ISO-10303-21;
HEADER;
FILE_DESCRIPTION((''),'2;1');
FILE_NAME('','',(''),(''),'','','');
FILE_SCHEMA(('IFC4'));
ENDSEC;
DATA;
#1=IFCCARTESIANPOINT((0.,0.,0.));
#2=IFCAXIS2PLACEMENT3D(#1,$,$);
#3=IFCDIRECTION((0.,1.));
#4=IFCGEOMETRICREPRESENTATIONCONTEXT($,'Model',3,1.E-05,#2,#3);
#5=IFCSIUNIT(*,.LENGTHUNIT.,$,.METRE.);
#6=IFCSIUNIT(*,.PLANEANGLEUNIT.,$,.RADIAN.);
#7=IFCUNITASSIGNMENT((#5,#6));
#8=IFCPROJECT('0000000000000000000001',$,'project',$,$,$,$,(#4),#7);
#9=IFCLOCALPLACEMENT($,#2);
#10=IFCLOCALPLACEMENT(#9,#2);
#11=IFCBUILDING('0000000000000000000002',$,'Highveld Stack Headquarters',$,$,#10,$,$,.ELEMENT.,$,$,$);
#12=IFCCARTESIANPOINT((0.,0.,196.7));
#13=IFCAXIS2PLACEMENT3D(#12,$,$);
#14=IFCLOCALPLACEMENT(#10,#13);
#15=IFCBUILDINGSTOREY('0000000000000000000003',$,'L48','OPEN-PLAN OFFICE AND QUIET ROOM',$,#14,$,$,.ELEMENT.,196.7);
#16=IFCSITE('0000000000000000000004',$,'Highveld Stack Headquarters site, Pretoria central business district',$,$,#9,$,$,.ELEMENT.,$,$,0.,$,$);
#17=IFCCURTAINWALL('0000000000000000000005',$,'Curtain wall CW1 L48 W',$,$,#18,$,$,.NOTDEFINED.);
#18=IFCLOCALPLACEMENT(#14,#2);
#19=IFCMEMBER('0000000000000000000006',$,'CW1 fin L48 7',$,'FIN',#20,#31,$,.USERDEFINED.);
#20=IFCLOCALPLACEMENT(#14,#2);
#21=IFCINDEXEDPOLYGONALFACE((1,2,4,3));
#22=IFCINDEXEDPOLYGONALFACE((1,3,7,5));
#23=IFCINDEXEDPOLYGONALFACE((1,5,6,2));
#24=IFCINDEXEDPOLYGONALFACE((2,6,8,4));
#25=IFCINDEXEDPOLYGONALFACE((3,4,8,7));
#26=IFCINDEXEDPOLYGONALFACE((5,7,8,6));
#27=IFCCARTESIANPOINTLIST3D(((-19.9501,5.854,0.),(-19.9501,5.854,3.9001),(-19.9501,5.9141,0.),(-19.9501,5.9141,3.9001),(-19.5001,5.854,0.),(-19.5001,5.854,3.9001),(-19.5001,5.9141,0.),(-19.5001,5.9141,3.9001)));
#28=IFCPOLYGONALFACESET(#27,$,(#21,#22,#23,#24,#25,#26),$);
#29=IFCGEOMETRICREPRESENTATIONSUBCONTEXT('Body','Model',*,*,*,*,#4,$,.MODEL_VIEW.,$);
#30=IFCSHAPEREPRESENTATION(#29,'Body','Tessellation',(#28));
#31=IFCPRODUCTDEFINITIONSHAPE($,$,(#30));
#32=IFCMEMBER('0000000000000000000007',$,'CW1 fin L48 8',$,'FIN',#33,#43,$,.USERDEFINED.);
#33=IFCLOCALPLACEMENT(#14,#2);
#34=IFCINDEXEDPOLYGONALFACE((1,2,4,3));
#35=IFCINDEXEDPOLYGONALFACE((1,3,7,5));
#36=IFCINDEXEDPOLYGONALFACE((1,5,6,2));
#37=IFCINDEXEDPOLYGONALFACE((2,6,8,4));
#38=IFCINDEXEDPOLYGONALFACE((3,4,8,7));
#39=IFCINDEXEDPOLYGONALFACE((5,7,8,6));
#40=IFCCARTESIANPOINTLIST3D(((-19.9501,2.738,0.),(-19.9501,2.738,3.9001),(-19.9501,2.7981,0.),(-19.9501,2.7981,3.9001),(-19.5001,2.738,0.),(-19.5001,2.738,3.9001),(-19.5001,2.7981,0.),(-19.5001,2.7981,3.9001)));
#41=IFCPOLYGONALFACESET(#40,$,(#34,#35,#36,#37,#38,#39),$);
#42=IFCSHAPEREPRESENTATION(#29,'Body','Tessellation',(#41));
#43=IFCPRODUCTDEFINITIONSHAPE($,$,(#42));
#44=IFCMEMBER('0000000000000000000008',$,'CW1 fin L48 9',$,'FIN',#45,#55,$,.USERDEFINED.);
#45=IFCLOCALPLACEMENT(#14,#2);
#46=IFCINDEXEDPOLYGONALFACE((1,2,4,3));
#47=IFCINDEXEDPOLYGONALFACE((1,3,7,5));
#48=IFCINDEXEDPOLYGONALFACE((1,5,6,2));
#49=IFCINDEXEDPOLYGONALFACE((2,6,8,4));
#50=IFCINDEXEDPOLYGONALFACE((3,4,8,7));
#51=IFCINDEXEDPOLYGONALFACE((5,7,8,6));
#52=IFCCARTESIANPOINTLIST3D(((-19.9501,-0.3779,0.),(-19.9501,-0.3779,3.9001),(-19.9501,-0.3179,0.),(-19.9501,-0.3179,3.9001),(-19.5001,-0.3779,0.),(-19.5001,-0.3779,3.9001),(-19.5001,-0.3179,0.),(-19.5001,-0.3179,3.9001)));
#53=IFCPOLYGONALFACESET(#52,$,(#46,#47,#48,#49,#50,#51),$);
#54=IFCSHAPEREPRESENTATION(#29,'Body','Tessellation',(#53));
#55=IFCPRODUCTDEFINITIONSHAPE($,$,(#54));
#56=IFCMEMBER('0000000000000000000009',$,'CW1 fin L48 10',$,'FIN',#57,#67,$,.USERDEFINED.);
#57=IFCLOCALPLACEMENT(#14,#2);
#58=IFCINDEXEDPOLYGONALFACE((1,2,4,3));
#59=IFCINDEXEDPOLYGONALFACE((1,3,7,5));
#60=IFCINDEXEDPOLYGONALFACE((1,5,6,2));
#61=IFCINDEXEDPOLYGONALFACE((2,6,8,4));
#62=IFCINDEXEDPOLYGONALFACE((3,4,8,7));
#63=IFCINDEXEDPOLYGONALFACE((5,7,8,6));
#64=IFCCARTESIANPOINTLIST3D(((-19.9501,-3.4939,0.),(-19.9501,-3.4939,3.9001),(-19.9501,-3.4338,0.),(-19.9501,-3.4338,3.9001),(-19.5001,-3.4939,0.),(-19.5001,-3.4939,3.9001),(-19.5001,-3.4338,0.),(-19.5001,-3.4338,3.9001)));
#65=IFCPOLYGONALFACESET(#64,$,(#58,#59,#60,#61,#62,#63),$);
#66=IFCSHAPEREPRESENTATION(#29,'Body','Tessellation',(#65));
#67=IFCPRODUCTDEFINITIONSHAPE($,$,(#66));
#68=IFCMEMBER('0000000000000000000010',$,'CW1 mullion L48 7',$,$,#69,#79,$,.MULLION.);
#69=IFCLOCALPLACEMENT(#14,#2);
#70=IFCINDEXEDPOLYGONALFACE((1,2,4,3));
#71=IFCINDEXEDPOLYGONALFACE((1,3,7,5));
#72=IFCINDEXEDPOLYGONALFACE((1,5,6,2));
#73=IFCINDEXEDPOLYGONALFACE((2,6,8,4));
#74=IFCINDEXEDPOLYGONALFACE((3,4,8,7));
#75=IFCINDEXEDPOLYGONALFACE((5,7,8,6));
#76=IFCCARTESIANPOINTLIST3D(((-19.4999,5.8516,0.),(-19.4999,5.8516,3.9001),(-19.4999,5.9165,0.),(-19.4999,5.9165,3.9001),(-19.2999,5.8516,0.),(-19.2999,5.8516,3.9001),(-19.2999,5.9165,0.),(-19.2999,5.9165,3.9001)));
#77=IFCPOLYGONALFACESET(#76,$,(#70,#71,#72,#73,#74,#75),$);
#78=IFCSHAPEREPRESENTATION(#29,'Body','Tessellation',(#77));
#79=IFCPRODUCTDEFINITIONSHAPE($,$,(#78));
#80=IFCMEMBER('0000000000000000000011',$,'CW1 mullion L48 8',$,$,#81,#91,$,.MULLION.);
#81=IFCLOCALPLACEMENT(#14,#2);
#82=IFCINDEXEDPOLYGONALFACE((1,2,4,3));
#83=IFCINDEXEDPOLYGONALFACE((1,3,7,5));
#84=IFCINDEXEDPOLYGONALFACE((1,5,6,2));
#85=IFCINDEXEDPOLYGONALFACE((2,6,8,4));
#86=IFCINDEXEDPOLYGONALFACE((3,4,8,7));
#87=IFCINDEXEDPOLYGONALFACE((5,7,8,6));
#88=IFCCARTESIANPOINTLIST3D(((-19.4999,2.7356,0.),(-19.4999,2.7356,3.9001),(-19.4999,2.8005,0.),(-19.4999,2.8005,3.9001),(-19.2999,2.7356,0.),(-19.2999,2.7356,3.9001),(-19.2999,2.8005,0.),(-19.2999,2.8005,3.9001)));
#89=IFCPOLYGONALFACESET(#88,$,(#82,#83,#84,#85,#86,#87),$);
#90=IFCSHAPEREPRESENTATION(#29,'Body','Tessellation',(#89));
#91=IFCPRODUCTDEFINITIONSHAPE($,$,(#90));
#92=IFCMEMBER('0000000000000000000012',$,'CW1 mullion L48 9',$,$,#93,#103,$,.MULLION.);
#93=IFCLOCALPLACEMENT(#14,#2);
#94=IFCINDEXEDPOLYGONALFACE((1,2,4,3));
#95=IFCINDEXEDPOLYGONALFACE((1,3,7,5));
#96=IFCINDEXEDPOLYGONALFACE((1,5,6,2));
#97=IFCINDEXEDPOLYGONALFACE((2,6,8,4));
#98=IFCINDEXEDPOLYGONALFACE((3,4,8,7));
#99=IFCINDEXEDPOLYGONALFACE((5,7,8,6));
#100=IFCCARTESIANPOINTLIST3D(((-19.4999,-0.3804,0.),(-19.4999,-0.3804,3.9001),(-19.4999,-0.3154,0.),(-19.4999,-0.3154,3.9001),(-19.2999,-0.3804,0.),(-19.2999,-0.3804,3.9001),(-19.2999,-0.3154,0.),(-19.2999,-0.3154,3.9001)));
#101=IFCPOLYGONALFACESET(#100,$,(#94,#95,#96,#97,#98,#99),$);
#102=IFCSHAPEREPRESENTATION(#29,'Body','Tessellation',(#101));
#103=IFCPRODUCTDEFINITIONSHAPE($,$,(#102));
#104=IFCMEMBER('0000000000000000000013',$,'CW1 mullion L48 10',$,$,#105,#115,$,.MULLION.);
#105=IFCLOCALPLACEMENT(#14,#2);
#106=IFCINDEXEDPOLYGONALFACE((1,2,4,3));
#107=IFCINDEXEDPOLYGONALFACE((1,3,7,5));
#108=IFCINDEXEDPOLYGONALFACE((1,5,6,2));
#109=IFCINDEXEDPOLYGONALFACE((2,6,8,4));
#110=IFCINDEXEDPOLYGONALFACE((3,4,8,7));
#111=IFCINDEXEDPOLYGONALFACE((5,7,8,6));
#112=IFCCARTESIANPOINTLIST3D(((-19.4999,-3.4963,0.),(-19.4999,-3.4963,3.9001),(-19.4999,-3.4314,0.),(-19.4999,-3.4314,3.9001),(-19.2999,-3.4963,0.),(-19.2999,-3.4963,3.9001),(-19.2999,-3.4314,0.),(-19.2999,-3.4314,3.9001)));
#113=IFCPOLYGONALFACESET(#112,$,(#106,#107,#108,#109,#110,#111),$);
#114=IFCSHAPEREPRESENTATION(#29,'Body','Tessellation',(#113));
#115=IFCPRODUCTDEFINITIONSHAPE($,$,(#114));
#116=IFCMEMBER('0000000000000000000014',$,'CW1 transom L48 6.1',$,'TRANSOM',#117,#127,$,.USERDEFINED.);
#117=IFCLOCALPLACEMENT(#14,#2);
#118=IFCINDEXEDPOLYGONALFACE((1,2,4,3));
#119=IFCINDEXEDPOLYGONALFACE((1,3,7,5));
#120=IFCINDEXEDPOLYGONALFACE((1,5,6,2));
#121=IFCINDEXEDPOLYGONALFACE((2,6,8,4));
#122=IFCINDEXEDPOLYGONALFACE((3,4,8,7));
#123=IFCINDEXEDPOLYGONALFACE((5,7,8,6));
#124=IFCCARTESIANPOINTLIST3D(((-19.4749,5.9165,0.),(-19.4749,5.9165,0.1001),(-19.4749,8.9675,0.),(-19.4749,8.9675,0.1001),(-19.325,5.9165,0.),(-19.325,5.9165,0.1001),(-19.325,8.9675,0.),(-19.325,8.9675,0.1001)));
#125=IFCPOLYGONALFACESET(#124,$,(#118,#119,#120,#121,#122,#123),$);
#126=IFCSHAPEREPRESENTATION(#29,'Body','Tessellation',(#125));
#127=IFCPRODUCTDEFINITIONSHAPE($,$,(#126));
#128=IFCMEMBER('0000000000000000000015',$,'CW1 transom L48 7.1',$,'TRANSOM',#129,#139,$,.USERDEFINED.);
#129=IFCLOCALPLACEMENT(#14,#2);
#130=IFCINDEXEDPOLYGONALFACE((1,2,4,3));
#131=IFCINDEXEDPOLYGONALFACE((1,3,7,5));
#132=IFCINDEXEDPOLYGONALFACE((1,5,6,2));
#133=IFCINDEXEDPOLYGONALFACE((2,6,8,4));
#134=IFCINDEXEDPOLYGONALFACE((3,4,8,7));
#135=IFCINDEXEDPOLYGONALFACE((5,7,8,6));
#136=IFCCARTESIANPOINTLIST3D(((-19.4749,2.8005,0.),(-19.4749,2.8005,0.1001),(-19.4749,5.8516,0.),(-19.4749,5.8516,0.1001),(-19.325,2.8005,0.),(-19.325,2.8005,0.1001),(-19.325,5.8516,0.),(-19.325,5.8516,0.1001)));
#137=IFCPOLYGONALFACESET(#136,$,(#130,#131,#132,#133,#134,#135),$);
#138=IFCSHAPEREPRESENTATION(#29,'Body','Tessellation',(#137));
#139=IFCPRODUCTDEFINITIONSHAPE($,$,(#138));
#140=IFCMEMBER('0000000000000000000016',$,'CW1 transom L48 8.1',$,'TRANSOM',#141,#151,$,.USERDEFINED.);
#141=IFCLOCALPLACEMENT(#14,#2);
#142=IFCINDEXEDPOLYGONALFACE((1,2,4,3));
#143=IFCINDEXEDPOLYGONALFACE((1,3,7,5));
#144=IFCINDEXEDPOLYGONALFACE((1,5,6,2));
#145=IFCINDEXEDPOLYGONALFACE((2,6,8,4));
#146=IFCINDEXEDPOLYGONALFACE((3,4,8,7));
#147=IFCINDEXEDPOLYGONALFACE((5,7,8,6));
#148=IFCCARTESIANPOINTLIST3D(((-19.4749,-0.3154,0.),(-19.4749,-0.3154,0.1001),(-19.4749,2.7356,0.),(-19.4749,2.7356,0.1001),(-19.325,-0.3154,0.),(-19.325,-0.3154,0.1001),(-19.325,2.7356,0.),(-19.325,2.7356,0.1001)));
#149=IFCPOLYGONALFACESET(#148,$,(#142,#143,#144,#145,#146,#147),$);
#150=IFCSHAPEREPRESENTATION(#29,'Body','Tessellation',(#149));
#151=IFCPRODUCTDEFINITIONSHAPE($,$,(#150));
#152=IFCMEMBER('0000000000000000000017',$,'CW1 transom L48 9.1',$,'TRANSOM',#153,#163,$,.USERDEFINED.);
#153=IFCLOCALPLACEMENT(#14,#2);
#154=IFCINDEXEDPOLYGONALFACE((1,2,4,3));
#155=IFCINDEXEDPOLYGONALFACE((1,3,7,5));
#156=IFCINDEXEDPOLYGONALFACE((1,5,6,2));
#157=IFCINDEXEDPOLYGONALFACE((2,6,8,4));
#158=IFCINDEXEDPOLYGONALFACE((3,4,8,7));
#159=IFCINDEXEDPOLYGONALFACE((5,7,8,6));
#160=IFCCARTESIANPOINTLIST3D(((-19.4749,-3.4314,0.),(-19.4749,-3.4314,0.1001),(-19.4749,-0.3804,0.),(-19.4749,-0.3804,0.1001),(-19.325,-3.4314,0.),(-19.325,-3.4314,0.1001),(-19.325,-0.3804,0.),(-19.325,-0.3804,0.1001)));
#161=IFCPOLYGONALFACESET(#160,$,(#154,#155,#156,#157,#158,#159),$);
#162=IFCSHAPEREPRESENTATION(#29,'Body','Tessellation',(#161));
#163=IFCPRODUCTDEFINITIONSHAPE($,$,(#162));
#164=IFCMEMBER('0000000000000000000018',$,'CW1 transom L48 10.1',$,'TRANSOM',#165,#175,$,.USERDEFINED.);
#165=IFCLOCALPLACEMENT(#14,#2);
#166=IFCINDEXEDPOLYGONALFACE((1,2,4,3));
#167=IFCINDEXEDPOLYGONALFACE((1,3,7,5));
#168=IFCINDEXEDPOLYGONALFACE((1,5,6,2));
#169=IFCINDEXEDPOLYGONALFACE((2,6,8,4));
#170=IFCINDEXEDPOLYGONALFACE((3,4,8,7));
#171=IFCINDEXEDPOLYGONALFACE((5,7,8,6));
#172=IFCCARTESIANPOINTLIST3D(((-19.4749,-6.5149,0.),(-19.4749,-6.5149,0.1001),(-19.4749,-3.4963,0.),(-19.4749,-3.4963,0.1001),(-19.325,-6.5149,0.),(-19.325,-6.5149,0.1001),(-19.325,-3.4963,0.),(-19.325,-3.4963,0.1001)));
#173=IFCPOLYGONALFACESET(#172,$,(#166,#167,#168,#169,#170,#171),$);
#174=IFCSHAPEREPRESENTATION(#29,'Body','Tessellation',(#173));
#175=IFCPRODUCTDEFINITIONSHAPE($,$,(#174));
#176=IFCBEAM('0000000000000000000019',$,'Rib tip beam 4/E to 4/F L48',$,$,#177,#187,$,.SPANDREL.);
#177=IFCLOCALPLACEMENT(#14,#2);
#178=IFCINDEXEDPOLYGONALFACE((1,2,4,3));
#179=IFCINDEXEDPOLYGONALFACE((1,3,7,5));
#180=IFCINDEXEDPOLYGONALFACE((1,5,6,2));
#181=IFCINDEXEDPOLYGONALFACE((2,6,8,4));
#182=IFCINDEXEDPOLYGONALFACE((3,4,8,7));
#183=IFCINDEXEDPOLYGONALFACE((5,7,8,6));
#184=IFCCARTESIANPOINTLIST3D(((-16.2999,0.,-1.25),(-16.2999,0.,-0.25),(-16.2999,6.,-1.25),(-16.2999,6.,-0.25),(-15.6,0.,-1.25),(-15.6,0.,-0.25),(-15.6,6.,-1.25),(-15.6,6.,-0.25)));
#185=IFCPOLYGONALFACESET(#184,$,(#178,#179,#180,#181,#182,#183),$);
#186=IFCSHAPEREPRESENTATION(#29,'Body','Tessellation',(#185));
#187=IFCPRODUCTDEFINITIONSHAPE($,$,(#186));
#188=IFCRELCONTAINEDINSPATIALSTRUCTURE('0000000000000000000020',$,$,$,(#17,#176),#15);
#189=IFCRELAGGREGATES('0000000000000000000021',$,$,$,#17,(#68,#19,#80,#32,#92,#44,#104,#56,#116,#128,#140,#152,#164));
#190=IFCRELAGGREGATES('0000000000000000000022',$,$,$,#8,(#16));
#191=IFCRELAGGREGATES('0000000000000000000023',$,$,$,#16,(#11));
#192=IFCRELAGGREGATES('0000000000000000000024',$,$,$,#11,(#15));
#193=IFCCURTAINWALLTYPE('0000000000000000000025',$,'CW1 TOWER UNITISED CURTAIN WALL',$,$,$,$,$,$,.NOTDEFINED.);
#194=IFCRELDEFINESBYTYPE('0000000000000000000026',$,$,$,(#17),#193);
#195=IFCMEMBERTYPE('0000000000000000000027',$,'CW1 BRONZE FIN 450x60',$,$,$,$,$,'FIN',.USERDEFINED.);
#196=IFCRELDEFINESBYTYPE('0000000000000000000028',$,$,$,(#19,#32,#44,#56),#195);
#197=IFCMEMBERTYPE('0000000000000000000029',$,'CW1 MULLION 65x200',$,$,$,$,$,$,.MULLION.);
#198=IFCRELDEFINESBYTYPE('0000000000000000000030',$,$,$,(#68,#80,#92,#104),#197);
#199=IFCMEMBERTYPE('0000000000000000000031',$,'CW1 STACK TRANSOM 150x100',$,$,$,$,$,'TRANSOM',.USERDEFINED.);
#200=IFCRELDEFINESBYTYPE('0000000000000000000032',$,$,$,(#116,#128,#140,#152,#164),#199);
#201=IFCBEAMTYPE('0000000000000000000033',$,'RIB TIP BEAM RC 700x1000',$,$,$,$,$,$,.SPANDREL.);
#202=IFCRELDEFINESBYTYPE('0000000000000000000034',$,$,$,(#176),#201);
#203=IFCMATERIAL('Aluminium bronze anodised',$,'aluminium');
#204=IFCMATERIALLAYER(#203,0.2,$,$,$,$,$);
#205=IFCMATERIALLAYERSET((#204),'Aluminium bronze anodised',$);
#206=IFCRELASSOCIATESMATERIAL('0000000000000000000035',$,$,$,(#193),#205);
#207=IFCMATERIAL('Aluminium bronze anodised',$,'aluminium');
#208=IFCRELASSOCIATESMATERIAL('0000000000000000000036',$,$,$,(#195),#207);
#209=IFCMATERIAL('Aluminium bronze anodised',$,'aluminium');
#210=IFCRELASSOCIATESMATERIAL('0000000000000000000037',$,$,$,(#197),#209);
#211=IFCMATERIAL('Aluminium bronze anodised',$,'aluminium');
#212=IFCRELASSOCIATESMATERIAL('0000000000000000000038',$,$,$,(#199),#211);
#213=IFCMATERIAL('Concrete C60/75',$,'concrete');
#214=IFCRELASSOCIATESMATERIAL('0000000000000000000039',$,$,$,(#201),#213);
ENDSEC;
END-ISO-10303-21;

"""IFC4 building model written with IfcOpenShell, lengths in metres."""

from ifc_helpers import new_model, si_unit, direction, frame, origin, origin_2d, place, context, subcontext, project, spatial, rectangle, extrude, material, layer, layer_set, material_profile, profile_set, type_object, element, aggregate, save


model = new_model("IFC4")

# Units and contexts
model_context = context("Model", 3, precision=1e-05, world=origin(), true_north=direction((0.0, 1.0)))
body_context = subcontext(model_context, "Body", "Model", "MODEL_VIEW")
ifc_project = project(units=[si_unit("LENGTHUNIT", "METRE"), si_unit("PLANEANGLEUNIT", "RADIAN")], contexts=[model_context])

# Site, building, storey
site_placement = place(None, origin())
site = spatial("IfcSite", under=ifc_project, at=site_placement, Name="Highveld Stack Headquarters site, Pretoria central business district", CompositionType="ELEMENT", RefElevation=0.0)
building_placement = place(site_placement, origin())
building = spatial("IfcBuilding", under=site, at=building_placement, Name="Highveld Stack Headquarters", CompositionType="ELEMENT")
storey_placement = place(building_placement, frame((0.0, 0.0, 196.7)))
storey = spatial("IfcBuildingStorey", under=building, at=storey_placement, Name="L48", Description="OPEN-PLAN OFFICE AND QUIET ROOM", CompositionType="ELEMENT", Elevation=196.7)

# Curtain wall, members
ifc_material_1 = material(Name="Aluminium bronze anodised", Category="aluminium")
ifc_layer_1 = layer(ifc_material_1, 0.2)
ifc_layer_set_1 = layer_set([ifc_layer_1], Name="Aluminium bronze anodised")
curtain_wall_type = type_object("IfcCurtainWallType", Name="CW1 TOWER UNITISED CURTAIN WALL", PredefinedType="NOTDEFINED", material=ifc_layer_set_1)
curtain_wall_placement = place(storey_placement, origin())
curtain_wall = element("IfcCurtainWall", 1, at=curtain_wall_placement, inside=storey, type_object=curtain_wall_type, Name="Curtain wall CW1 L48 W", PredefinedType="NOTDEFINED")
ifc_material_2 = material(Name="Aluminium bronze anodised", Category="aluminium")
ifc_material_profile_1 = material_profile(ifc_material_2, rectangle(XDim=0.45, YDim=0.0601, at=origin_2d()), Name="FIN 450x60")
ifc_profile_set_1 = profile_set([ifc_material_profile_1], Name="Aluminium bronze anodised")
member_type_1 = type_object("IfcMemberType", Name="CW1 BRONZE FIN 450x60", ElementType="FIN", PredefinedType="USERDEFINED", material=ifc_profile_set_1)
member_1_placement = place(storey_placement, frame((-19.7251, 5.884, 0.0), z_axis=(0.0, 0.0, 1.0), x_axis=(1.0, 0.0, 0.0)))
member_1 = element("IfcMember", 2, at=member_1_placement, type_object=member_type_1, Name="CW1 fin L48 7", ObjectType="FIN", PredefinedType="USERDEFINED", context=body_context, shape_type="SweptSolid", body=[
    extrude(rectangle(XDim=0.45, YDim=0.0601, at=origin_2d()), origin(), (0.0, 0.0, 1.0), 3.9001),
])
member_2_placement = place(storey_placement, frame((-19.7251, 2.7681, 0.0), z_axis=(0.0, 0.0, 1.0), x_axis=(1.0, 0.0, 0.0)))
member_2 = element("IfcMember", 3, at=member_2_placement, type_object=member_type_1, Name="CW1 fin L48 8", ObjectType="FIN", PredefinedType="USERDEFINED", context=body_context, shape_type="SweptSolid", body=[
    extrude(rectangle(XDim=0.45, YDim=0.0601, at=origin_2d()), origin(), (0.0, 0.0, 1.0), 3.9001),
])
member_3_placement = place(storey_placement, frame((-19.7251, -0.3479, 0.0), z_axis=(0.0, 0.0, 1.0), x_axis=(1.0, 0.0, 0.0)))
member_3 = element("IfcMember", 4, at=member_3_placement, type_object=member_type_1, Name="CW1 fin L48 9", ObjectType="FIN", PredefinedType="USERDEFINED", context=body_context, shape_type="SweptSolid", body=[
    extrude(rectangle(XDim=0.45, YDim=0.0601, at=origin_2d()), origin(), (0.0, 0.0, 1.0), 3.9001),
])
member_4_placement = place(storey_placement, frame((-19.7251, -3.4639, 0.0), z_axis=(0.0, 0.0, 1.0), x_axis=(1.0, 0.0, 0.0)))
member_4 = element("IfcMember", 5, at=member_4_placement, type_object=member_type_1, Name="CW1 fin L48 10", ObjectType="FIN", PredefinedType="USERDEFINED", context=body_context, shape_type="SweptSolid", body=[
    extrude(rectangle(XDim=0.45, YDim=0.0601, at=origin_2d()), origin(), (0.0, 0.0, 1.0), 3.9001),
])
ifc_material_3 = material(Name="Aluminium bronze anodised", Category="aluminium")
ifc_material_profile_2 = material_profile(ifc_material_3, rectangle(XDim=0.2, YDim=0.0649, at=origin_2d()), Name="CW1 MULLION 65x200")
ifc_profile_set_2 = profile_set([ifc_material_profile_2], Name="Aluminium bronze anodised")
member_type_2 = type_object("IfcMemberType", Name="CW1 MULLION 65x200", PredefinedType="MULLION", material=ifc_profile_set_2)
member_5_placement = place(storey_placement, frame((-19.3999, 5.884, 0.0), z_axis=(0.0, 0.0, 1.0), x_axis=(1.0, 0.0, 0.0)))
member_5 = element("IfcMember", 6, at=member_5_placement, type_object=member_type_2, Name="CW1 mullion L48 7", PredefinedType="MULLION", context=body_context, shape_type="SweptSolid", body=[
    extrude(rectangle(XDim=0.2, YDim=0.0649, at=origin_2d()), origin(), (0.0, 0.0, 1.0), 3.9001),
])
member_6_placement = place(storey_placement, frame((-19.3999, 2.7681, 0.0), z_axis=(0.0, 0.0, 1.0), x_axis=(1.0, 0.0, 0.0)))
member_6 = element("IfcMember", 7, at=member_6_placement, type_object=member_type_2, Name="CW1 mullion L48 8", PredefinedType="MULLION", context=body_context, shape_type="SweptSolid", body=[
    extrude(rectangle(XDim=0.2, YDim=0.0649, at=origin_2d()), origin(), (0.0, 0.0, 1.0), 3.9001),
])
member_7_placement = place(storey_placement, frame((-19.3999, -0.3479, 0.0), z_axis=(0.0, 0.0, 1.0), x_axis=(1.0, 0.0, 0.0)))
member_7 = element("IfcMember", 8, at=member_7_placement, type_object=member_type_2, Name="CW1 mullion L48 9", PredefinedType="MULLION", context=body_context, shape_type="SweptSolid", body=[
    extrude(rectangle(XDim=0.2, YDim=0.0649, at=origin_2d()), origin(), (0.0, 0.0, 1.0), 3.9001),
])
member_8_placement = place(storey_placement, frame((-19.3999, -3.4639, 0.0), z_axis=(0.0, 0.0, 1.0), x_axis=(1.0, 0.0, 0.0)))
member_8 = element("IfcMember", 9, at=member_8_placement, type_object=member_type_2, Name="CW1 mullion L48 10", PredefinedType="MULLION", context=body_context, shape_type="SweptSolid", body=[
    extrude(rectangle(XDim=0.2, YDim=0.0649, at=origin_2d()), origin(), (0.0, 0.0, 1.0), 3.9001),
])
ifc_material_4 = material(Name="Aluminium bronze anodised", Category="aluminium")
ifc_material_profile_3 = material_profile(ifc_material_4, rectangle(XDim=0.1499, YDim=0.1001, at=origin_2d()), Name="CW1 TRANSOM 150x100")
ifc_profile_set_3 = profile_set([ifc_material_profile_3], Name="Aluminium bronze anodised")
member_type_3 = type_object("IfcMemberType", Name="CW1 STACK TRANSOM 150x100", ElementType="TRANSOM", PredefinedType="USERDEFINED", material=ifc_profile_set_3)
member_9_placement = place(storey_placement, frame((-19.3999, 8.9675, 0.05), z_axis=(0.0, -1.0, 0.0), x_axis=(1.0, 0.0, 0.0)))
member_9 = element("IfcMember", 10, at=member_9_placement, type_object=member_type_3, Name="CW1 transom L48 6.1", ObjectType="TRANSOM", PredefinedType="USERDEFINED", context=body_context, shape_type="SweptSolid", body=[
    extrude(rectangle(XDim=0.1499, YDim=0.1001, at=origin_2d()), origin(), (0.0, 0.0, 1.0), 3.051),
])
member_10_placement = place(storey_placement, frame((-19.3999, 5.8516, 0.05), z_axis=(0.0, -1.0, 0.0), x_axis=(1.0, 0.0, 0.0)))
member_10 = element("IfcMember", 11, at=member_10_placement, type_object=member_type_3, Name="CW1 transom L48 7.1", ObjectType="TRANSOM", PredefinedType="USERDEFINED", context=body_context, shape_type="SweptSolid", body=[
    extrude(rectangle(XDim=0.1499, YDim=0.1001, at=origin_2d()), origin(), (0.0, 0.0, 1.0), 3.051),
])
member_11_placement = place(storey_placement, frame((-19.3999, 2.7356, 0.05), z_axis=(0.0, -1.0, 0.0), x_axis=(1.0, 0.0, 0.0)))
member_11 = element("IfcMember", 12, at=member_11_placement, type_object=member_type_3, Name="CW1 transom L48 8.1", ObjectType="TRANSOM", PredefinedType="USERDEFINED", context=body_context, shape_type="SweptSolid", body=[
    extrude(rectangle(XDim=0.1499, YDim=0.1001, at=origin_2d()), origin(), (0.0, 0.0, 1.0), 3.051),
])
member_12_placement = place(storey_placement, frame((-19.3999, -0.3804, 0.05), z_axis=(0.0, -1.0, 0.0), x_axis=(1.0, 0.0, 0.0)))
member_12 = element("IfcMember", 13, at=member_12_placement, type_object=member_type_3, Name="CW1 transom L48 9.1", ObjectType="TRANSOM", PredefinedType="USERDEFINED", context=body_context, shape_type="SweptSolid", body=[
    extrude(rectangle(XDim=0.1499, YDim=0.1001, at=origin_2d()), origin(), (0.0, 0.0, 1.0), 3.051),
])
member_13_placement = place(storey_placement, frame((-19.3999, -3.4963, 0.05), z_axis=(0.0, -1.0, 0.0), x_axis=(1.0, 0.0, 0.0)))
member_13 = element("IfcMember", 14, at=member_13_placement, type_object=member_type_3, Name="CW1 transom L48 10.1", ObjectType="TRANSOM", PredefinedType="USERDEFINED", context=body_context, shape_type="SweptSolid", body=[
    extrude(rectangle(XDim=0.1499, YDim=0.1001, at=origin_2d()), origin(), (0.0, 0.0, 1.0), 3.0186),
])

# Beam
ifc_material_5 = material(Name="Concrete C60/75", Category="concrete")
ifc_material_profile_4 = material_profile(ifc_material_5, rectangle(XDim=0.7, YDim=1.0, at=origin_2d()), Name="RC 700x1000")
ifc_profile_set_4 = profile_set([ifc_material_profile_4], Name="Concrete C60/75")
beam_type = type_object("IfcBeamType", Name="RIB TIP BEAM RC 700x1000", PredefinedType="SPANDREL", material=ifc_profile_set_4)
beam_placement = place(storey_placement, frame((-15.95, 0.0, -0.75), z_axis=(0.0, 1.0, 0.0), x_axis=(-1.0, 0.0, 0.0)))
element("IfcBeam", 15, at=beam_placement, inside=storey, type_object=beam_type, Name="Rib tip beam 4/E to 4/F L48", PredefinedType="SPANDREL", context=body_context, shape_type="SweptSolid", body=[
    extrude(rectangle(XDim=0.7, YDim=1.0, at=origin_2d()), origin(), (0.0, 0.0, 1.0), 6.0),
])

aggregate(curtain_wall, [member_5, member_1, member_6, member_2, member_7, member_3, member_8, member_4, member_9, member_10, member_11, member_12, member_13])

save(model, "model.ifc")
